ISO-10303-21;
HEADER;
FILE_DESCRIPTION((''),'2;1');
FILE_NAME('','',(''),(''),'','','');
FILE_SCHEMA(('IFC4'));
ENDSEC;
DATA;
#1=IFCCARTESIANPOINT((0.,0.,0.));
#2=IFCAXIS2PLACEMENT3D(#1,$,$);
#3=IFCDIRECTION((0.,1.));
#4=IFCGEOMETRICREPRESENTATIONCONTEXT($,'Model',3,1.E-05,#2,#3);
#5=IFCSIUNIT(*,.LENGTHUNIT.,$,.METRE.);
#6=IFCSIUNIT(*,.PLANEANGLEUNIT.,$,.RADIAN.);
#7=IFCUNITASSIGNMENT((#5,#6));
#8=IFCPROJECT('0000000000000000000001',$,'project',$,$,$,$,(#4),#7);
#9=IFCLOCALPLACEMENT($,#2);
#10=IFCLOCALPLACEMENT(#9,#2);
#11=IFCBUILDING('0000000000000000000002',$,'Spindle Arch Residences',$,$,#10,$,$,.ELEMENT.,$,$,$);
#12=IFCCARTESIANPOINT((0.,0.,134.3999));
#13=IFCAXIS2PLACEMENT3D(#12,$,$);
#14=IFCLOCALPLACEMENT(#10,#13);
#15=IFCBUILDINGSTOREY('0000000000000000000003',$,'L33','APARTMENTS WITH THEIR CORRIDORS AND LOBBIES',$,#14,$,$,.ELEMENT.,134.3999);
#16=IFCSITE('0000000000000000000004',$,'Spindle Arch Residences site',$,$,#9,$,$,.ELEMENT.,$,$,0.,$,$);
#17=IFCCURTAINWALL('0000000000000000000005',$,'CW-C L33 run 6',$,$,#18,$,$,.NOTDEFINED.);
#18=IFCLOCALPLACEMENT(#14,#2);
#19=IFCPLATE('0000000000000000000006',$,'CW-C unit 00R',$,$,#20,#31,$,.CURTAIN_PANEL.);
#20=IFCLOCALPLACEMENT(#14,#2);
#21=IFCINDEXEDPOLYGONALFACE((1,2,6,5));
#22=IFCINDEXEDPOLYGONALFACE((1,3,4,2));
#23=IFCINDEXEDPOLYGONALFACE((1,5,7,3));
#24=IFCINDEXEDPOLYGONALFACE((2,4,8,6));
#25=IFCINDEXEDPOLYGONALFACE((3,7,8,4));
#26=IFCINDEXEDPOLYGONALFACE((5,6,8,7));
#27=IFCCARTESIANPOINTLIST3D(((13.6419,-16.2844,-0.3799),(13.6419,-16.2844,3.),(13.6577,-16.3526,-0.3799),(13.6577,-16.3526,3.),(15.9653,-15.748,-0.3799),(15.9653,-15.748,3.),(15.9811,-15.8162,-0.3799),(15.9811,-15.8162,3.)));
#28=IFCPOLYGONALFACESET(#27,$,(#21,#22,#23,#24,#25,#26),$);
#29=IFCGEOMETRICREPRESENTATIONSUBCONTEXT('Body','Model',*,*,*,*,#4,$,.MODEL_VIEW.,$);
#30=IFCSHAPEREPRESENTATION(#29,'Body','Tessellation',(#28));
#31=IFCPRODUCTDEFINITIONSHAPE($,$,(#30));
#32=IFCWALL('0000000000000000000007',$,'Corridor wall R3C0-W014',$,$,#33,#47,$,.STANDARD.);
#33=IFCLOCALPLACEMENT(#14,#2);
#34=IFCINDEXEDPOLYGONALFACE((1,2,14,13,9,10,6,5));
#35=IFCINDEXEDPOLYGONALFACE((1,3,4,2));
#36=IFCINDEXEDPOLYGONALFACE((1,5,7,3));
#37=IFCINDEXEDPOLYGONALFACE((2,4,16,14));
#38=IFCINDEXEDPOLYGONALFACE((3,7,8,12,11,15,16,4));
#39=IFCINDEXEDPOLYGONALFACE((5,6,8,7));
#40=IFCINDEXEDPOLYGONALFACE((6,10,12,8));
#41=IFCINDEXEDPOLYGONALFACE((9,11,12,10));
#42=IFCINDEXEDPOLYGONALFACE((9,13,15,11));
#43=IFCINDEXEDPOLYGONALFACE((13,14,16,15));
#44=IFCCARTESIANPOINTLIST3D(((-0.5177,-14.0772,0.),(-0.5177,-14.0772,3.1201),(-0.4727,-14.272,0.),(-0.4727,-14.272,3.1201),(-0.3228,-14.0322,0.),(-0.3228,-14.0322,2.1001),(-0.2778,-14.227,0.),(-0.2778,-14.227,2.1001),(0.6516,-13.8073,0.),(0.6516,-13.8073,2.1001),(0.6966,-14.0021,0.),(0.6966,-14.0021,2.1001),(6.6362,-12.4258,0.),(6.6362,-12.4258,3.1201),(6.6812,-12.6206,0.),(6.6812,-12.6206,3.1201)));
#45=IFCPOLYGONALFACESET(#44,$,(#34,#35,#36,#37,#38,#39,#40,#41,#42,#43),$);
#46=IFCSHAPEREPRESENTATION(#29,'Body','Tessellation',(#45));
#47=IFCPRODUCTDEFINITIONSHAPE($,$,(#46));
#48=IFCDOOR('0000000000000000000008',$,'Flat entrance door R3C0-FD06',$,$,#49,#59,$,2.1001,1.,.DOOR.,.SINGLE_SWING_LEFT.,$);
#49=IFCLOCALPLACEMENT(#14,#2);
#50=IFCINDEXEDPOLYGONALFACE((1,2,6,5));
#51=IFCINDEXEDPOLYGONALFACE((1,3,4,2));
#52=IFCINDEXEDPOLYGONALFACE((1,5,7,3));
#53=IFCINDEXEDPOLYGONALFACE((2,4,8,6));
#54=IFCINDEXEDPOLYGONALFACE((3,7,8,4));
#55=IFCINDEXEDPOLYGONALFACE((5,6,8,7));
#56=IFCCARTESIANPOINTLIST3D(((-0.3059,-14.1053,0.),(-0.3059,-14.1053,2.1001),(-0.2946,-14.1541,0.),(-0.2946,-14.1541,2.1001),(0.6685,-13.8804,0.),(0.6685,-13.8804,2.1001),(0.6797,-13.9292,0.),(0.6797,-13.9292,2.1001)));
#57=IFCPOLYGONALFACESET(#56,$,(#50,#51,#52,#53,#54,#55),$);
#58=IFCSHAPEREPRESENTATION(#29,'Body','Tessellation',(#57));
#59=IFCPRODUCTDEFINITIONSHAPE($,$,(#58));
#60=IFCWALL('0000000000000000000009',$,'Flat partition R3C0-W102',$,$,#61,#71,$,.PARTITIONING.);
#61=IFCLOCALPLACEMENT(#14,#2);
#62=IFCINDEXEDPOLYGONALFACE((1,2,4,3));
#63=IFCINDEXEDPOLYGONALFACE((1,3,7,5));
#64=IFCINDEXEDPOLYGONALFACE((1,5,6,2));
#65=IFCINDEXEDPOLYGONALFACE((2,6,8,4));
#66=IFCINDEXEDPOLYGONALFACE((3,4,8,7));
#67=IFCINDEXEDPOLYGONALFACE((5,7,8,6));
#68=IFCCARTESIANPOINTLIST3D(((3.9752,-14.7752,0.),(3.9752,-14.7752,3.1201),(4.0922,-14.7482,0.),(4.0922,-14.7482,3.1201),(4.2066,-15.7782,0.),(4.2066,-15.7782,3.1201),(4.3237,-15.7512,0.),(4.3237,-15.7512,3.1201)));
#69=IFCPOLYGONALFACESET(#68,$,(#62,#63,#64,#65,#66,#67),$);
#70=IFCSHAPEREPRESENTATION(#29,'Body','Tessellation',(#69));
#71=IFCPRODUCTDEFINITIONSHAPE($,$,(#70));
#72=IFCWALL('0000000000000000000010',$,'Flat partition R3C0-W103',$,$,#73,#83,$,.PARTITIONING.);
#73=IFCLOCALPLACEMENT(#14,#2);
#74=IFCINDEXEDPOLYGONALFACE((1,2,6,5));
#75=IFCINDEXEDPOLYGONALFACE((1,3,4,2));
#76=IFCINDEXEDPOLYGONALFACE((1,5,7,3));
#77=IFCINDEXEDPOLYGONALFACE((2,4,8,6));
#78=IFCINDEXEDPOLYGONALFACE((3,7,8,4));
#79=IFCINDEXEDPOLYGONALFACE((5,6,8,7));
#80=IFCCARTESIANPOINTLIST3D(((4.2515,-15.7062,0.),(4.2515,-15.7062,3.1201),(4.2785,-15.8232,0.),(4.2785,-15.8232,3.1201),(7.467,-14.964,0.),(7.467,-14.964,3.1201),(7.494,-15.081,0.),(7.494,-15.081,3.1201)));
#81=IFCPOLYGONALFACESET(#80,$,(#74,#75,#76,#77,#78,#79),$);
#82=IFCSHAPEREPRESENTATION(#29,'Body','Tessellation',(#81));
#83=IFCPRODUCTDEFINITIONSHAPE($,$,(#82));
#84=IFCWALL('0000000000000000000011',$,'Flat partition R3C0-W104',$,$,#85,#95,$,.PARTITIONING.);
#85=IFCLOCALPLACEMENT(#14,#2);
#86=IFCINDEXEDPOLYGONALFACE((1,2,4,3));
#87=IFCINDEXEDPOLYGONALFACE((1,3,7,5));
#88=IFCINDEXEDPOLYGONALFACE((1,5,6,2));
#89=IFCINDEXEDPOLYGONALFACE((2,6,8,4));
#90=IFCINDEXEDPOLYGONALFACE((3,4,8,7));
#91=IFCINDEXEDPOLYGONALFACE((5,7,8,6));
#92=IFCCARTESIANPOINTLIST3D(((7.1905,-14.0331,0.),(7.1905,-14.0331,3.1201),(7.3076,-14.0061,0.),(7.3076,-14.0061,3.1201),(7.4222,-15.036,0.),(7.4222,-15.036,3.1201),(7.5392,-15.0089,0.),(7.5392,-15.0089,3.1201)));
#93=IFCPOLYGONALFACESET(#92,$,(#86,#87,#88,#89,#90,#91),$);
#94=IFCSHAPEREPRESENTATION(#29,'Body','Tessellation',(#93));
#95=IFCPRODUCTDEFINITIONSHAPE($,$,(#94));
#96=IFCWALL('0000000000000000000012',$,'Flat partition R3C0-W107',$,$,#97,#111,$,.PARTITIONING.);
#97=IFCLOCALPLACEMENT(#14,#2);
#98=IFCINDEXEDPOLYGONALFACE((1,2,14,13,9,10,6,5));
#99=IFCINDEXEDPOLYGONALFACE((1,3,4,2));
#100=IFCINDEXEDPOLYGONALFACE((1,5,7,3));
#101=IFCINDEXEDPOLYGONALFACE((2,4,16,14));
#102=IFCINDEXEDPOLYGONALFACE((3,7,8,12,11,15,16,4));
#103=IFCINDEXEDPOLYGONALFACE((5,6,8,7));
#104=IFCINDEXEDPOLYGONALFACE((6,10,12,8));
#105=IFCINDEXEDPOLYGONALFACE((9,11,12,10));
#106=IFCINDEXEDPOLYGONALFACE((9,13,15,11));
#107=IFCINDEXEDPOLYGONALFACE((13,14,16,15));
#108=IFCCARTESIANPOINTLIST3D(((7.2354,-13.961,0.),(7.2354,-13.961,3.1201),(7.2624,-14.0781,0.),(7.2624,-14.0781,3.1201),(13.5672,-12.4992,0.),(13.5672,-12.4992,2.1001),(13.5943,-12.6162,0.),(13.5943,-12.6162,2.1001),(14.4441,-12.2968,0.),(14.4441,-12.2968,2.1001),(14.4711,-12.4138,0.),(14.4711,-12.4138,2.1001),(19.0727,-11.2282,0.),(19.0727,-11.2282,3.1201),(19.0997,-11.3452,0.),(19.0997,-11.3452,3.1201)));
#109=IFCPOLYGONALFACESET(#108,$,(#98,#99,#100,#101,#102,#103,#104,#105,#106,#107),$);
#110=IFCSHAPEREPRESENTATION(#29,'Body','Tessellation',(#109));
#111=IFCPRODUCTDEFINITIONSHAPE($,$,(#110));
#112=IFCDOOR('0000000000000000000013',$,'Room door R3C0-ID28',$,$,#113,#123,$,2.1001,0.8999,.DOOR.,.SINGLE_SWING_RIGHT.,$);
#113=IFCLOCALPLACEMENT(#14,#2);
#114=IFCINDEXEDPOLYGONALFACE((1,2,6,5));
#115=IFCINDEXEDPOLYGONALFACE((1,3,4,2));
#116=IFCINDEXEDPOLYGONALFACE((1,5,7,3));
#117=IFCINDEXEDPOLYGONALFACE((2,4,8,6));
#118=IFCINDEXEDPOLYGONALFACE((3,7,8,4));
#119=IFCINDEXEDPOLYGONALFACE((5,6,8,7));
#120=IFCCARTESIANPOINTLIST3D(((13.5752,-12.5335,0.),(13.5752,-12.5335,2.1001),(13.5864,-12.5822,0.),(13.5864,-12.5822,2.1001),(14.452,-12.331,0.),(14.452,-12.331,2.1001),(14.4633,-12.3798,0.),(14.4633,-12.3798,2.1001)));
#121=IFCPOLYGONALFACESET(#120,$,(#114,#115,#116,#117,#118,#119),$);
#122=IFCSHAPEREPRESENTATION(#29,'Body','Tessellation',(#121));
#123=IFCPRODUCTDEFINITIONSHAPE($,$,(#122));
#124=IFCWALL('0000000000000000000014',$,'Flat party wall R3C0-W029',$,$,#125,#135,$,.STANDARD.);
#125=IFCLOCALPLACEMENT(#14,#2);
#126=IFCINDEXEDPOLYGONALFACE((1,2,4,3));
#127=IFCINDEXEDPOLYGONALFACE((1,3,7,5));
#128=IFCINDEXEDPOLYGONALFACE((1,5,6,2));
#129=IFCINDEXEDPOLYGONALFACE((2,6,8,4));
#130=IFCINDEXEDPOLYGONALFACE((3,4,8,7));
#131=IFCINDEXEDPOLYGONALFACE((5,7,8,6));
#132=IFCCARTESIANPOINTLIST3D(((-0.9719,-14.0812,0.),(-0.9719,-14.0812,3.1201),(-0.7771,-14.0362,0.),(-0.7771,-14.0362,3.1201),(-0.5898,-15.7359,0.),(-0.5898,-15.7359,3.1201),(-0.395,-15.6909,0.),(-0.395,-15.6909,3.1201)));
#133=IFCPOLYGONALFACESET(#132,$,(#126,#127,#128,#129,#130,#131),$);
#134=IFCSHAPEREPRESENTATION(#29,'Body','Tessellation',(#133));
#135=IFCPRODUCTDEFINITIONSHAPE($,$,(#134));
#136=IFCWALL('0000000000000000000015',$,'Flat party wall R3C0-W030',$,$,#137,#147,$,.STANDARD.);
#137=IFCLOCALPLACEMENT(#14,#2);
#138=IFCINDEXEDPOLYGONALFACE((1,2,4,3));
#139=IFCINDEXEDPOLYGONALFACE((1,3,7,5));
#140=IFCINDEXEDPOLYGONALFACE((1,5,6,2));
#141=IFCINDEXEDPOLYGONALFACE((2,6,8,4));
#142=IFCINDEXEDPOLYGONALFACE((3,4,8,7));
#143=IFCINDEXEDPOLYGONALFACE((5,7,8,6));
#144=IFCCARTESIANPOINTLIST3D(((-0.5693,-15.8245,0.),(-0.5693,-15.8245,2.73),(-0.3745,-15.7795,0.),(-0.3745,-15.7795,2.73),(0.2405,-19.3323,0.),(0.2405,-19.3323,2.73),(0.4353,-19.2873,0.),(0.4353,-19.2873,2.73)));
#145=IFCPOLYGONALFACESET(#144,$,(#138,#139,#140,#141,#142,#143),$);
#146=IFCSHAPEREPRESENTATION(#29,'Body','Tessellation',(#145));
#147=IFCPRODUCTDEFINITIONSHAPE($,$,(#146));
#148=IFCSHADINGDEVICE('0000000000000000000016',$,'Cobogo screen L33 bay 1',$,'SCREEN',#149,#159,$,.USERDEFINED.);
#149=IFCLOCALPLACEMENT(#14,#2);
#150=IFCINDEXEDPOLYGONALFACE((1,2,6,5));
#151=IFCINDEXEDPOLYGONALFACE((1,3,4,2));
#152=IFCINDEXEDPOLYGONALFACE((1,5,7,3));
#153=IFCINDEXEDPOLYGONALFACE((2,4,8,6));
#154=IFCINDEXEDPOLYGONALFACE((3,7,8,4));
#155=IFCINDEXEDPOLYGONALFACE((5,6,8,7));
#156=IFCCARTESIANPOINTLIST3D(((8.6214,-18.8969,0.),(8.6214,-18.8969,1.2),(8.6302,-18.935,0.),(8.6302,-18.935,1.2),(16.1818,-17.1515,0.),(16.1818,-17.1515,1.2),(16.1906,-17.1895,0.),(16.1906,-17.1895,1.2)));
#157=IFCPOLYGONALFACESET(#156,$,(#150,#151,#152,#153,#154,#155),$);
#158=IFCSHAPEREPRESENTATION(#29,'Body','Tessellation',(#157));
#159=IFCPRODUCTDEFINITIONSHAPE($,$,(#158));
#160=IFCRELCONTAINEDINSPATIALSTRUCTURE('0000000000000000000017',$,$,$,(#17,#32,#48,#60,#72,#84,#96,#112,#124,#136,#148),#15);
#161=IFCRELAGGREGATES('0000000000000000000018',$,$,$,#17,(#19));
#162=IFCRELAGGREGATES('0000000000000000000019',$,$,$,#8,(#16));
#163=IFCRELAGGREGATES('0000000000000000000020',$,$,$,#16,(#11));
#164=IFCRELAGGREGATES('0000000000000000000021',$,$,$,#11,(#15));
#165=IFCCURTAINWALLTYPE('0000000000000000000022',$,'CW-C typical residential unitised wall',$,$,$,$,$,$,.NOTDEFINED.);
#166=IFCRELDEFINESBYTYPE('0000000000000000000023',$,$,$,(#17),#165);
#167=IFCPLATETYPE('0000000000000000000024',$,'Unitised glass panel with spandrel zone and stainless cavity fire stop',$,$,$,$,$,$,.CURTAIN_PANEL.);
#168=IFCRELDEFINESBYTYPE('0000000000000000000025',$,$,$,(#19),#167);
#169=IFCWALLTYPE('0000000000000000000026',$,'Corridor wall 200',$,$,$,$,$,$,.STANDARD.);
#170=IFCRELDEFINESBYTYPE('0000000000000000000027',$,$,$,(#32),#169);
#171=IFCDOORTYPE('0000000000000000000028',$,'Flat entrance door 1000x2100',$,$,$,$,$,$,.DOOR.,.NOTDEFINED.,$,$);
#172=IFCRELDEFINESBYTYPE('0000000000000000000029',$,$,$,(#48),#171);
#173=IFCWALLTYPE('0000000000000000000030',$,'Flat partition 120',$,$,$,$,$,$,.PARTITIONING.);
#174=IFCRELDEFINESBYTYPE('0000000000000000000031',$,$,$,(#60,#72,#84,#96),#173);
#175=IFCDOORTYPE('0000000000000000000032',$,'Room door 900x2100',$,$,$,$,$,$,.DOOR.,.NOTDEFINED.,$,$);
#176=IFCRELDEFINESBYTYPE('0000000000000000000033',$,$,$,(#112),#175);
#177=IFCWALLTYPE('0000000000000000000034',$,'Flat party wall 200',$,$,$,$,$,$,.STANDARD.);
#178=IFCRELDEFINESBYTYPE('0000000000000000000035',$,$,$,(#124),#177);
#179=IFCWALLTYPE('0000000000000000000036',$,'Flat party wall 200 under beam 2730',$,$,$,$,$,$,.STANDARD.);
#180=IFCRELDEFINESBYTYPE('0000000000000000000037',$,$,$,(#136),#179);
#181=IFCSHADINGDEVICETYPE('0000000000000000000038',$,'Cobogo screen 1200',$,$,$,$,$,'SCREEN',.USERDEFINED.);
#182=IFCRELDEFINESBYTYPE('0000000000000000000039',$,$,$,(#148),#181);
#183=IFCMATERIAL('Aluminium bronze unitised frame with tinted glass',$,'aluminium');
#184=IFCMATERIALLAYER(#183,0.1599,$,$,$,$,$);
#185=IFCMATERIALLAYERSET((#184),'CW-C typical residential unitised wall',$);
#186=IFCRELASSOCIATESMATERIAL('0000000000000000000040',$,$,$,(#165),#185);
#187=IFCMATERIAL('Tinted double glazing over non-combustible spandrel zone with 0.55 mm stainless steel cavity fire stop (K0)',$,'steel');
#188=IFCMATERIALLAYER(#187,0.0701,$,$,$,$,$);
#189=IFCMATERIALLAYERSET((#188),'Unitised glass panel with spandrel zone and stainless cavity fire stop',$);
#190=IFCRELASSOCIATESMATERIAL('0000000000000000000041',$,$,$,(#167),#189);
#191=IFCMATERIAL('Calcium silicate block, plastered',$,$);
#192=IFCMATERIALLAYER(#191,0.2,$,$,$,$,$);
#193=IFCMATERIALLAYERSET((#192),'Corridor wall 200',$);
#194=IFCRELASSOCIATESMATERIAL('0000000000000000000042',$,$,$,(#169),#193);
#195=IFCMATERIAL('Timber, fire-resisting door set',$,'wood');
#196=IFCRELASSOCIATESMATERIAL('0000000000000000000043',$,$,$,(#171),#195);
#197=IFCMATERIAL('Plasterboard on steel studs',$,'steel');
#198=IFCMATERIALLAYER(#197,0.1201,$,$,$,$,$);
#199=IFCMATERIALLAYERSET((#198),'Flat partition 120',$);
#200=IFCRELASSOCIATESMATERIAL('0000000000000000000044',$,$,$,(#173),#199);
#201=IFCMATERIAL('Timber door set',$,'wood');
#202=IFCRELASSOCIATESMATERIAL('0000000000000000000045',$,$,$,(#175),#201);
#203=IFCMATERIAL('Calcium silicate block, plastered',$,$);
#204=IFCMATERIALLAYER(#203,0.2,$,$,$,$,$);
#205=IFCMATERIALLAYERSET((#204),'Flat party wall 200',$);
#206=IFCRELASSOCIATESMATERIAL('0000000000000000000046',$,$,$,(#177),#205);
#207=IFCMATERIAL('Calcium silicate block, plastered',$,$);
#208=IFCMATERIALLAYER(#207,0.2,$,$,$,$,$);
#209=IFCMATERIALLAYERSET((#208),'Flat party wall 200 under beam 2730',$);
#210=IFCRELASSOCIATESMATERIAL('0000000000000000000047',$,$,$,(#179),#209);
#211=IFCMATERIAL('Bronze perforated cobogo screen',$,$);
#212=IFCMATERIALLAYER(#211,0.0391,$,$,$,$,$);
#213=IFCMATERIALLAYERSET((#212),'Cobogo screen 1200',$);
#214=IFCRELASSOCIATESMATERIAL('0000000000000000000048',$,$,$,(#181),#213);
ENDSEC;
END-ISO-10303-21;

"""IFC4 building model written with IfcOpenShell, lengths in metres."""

from ifc_helpers import new_model, si_unit, direction, frame, frame_2d, origin, origin_2d, place, context, subcontext, project, spatial, rectangle, extrude, material, layer, layer_set, type_object, element, fill, aggregate, save


model = new_model("IFC4")

# Units and contexts
model_context = context("Model", 3, precision=1e-05, world=origin(), true_north=direction((0.0, 1.0)))
body_context = subcontext(model_context, "Body", "Model", "MODEL_VIEW")
ifc_project = project(units=[si_unit("LENGTHUNIT", "METRE"), si_unit("PLANEANGLEUNIT", "RADIAN")], contexts=[model_context])

# Site, building, storey
site_placement = place(None, origin())
site = spatial("IfcSite", under=ifc_project, at=site_placement, Name="Spindle Arch Residences site", CompositionType="ELEMENT", RefElevation=0.0)
building_placement = place(site_placement, origin())
building = spatial("IfcBuilding", under=site, at=building_placement, Name="Spindle Arch Residences", CompositionType="ELEMENT")
storey_placement = place(building_placement, frame((0.0, 0.0, 134.3999)))
storey = spatial("IfcBuildingStorey", under=building, at=storey_placement, Name="L33", Description="APARTMENTS WITH THEIR CORRIDORS AND LOBBIES", CompositionType="ELEMENT", Elevation=134.3999)

# Curtain wall
ifc_material_1 = material(Name="Aluminium bronze unitised frame with tinted glass", Category="aluminium")
ifc_layer_1 = layer(ifc_material_1, 0.1599)
ifc_layer_set_1 = layer_set([ifc_layer_1], Name="CW-C typical residential unitised wall")
curtain_wall_type = type_object("IfcCurtainWallType", Name="CW-C typical residential unitised wall", PredefinedType="NOTDEFINED", material=ifc_layer_set_1)
curtain_wall_placement = place(storey_placement, origin())
curtain_wall = element("IfcCurtainWall", 1, at=curtain_wall_placement, inside=storey, type_object=curtain_wall_type, Name="CW-C L33 run 6", PredefinedType="NOTDEFINED")

# Plate
ifc_material_2 = material(Name="Tinted double glazing over non-combustible spandrel zone with 0.55 mm stainless steel cavity fire stop (K0)", Category="steel")
ifc_layer_2 = layer(ifc_material_2, 0.0701)
ifc_layer_set_2 = layer_set([ifc_layer_2], Name="Unitised glass panel with spandrel zone and stainless cavity fire stop")
plate_type = type_object("IfcPlateType", Name="Unitised glass panel with spandrel zone and stainless cavity fire stop", PredefinedType="CURTAIN_PANEL", material=ifc_layer_set_2)
plate_1_placement = place(storey_placement, frame((14.8115, -16.0503, -0.3799), z_axis=(0.0, 0.0, 1.0), x_axis=(0.97437, 0.224951, 0.0)))
plate_1 = element("IfcPlate", 2, at=plate_1_placement, type_object=plate_type, Name="CW-C unit 00R", PredefinedType="CURTAIN_PANEL", context=body_context, shape_type="SweptSolid", body=[
    extrude(rectangle(XDim=2.3845, YDim=0.0701, at=origin_2d()), origin(), (0.0, 0.0, 1.0), 3.3799),
])
aggregate(curtain_wall, [plate_1])

# Wall, opening, door
ifc_material_3 = material(Name="Calcium silicate block, plastered")
ifc_layer_3 = layer(ifc_material_3, 0.2)
ifc_layer_set_3 = layer_set([ifc_layer_3], Name="Corridor wall 200")
wall_type_1 = type_object("IfcWallType", Name="Corridor wall 200", PredefinedType="STANDARD", material=ifc_layer_set_3)
wall_1_placement = place(storey_placement, frame((-0.4951, -14.1746, 0.0), z_axis=(0.0, 0.0, 1.0), x_axis=(0.974377, 0.224923, 0.0)))
wall_1 = element("IfcWall", 3, at=wall_1_placement, inside=storey, type_object=wall_type_1, Name="Corridor wall R3C0-W014", PredefinedType="STANDARD", context=body_context, shape_type="SweptSolid", body=[
    extrude(rectangle(XDim=7.342, YDim=0.2, at=frame_2d((3.6709, 0.0))), origin(), (0.0, 0.0, 1.0), 3.1201),
])
opening_1_placement = place(wall_1_placement, frame((0.2, 0.0, 0.0)))
opening_1 = element("IfcOpeningElement", 4, at=opening_1_placement, cuts=wall_1, PredefinedType="OPENING", context=body_context, shape_type="SweptSolid", body=[
    extrude(rectangle(XDim=1.0, YDim=2.1001, at=frame_2d((0.5, 1.05))), frame((0.0, 0.1099, 0.0), z_axis=(0.0, -1.0, 0.0), x_axis=(1.0, 0.0, 0.0)), (0.0, 0.0, 1.0), 0.22),
])
ifc_material_4 = material(Name="Timber, fire-resisting door set", Category="wood")
door_type_1 = type_object("IfcDoorType", Name="Flat entrance door 1000x2100", OperationType="NOTDEFINED", PredefinedType="DOOR", material=ifc_material_4)
door_1_placement = place(opening_1_placement, origin())
door_1 = element("IfcDoor", 5, at=door_1_placement, inside=storey, type_object=door_type_1, Name="Flat entrance door R3C0-FD06", OperationType="SINGLE_SWING_LEFT", OverallHeight=2.1001, OverallWidth=1.0, PredefinedType="DOOR", context=body_context, shape_type="SweptSolid", body=[
    extrude(rectangle(XDim=1.0, YDim=2.1001, at=frame_2d((0.5, 1.05))), frame((0.0, 0.0249, 0.0), z_axis=(0.0, -1.0, 0.0), x_axis=(1.0, 0.0, 0.0)), (0.0, 0.0, 1.0), 0.05),
])
fill(opening_1, door_1)

# Walls
ifc_material_5 = material(Name="Plasterboard on steel studs", Category="steel")
ifc_layer_4 = layer(ifc_material_5, 0.1201)
ifc_layer_set_4 = layer_set([ifc_layer_4], Name="Flat partition 120")
wall_type_2 = type_object("IfcWallType", Name="Flat partition 120", PredefinedType="PARTITIONING", material=ifc_layer_set_4)
wall_2_placement = place(storey_placement, frame((4.0337, -14.7617, 0.0), z_axis=(0.0, 0.0, 1.0), x_axis=(0.22486, -0.974391, 0.0)))
element("IfcWall", 6, at=wall_2_placement, inside=storey, type_object=wall_type_2, Name="Flat partition R3C0-W102", PredefinedType="PARTITIONING", context=body_context, shape_type="SweptSolid", body=[
    extrude(rectangle(XDim=1.0293, YDim=0.1201, at=frame_2d((0.5146, 0.0))), origin(), (0.0, 0.0, 1.0), 3.1201),
])
wall_3_placement = place(storey_placement, frame((4.2651, -15.7646, 0.0), z_axis=(0.0, 0.0, 1.0), x_axis=(0.974382, 0.224897, 0.0)))
element("IfcWall", 7, at=wall_3_placement, inside=storey, type_object=wall_type_2, Name="Flat partition R3C0-W103", PredefinedType="PARTITIONING", context=body_context, shape_type="SweptSolid", body=[
    extrude(rectangle(XDim=3.3, YDim=0.1201, at=frame_2d((1.6499, 0.0))), origin(), (0.0, 0.0, 1.0), 3.1201),
])
wall_4_placement = place(storey_placement, frame((7.4807, -15.0225, 0.0), z_axis=(0.0, 0.0, 1.0), x_axis=(-0.225085, 0.974339, 0.0)))
element("IfcWall", 8, at=wall_4_placement, inside=storey, type_object=wall_type_2, Name="Flat partition R3C0-W104", PredefinedType="PARTITIONING", context=body_context, shape_type="SweptSolid", body=[
    extrude(rectangle(XDim=1.0293, YDim=0.1201, at=frame_2d((0.5146, 0.0))), origin(), (0.0, 0.0, 1.0), 3.1201),
])

# Wall, opening, door
wall_5_placement = place(storey_placement, frame((7.249, -14.0195, 0.0), z_axis=(0.0, 0.0, 1.0), x_axis=(0.97437, 0.224953, 0.0)))
wall_5 = element("IfcWall", 9, at=wall_5_placement, inside=storey, type_object=wall_type_2, Name="Flat partition R3C0-W107", PredefinedType="PARTITIONING", context=body_context, shape_type="SweptSolid", body=[
    extrude(rectangle(XDim=12.1487, YDim=0.1201, at=frame_2d((6.0742, 0.0))), origin(), (0.0, 0.0, 1.0), 3.1201),
])
opening_2_placement = place(wall_5_placement, frame((6.4983, 0.0, 0.0)))
opening_2 = element("IfcOpeningElement", 10, at=opening_2_placement, cuts=wall_5, PredefinedType="OPENING", context=body_context, shape_type="SweptSolid", body=[
    extrude(rectangle(XDim=0.8999, YDim=2.1001, at=frame_2d((0.45, 1.05))), frame((0.0, 0.0701, 0.0), z_axis=(0.0, -1.0, 0.0), x_axis=(1.0, 0.0, 0.0)), (0.0, 0.0, 1.0), 0.1401),
])
ifc_material_6 = material(Name="Timber door set", Category="wood")
door_type_2 = type_object("IfcDoorType", Name="Room door 900x2100", OperationType="NOTDEFINED", PredefinedType="DOOR", material=ifc_material_6)
door_2_placement = place(opening_2_placement, origin())
door_2 = element("IfcDoor", 11, at=door_2_placement, inside=storey, type_object=door_type_2, Name="Room door R3C0-ID28", OperationType="SINGLE_SWING_RIGHT", OverallHeight=2.1001, OverallWidth=0.8999, PredefinedType="DOOR", context=body_context, shape_type="SweptSolid", body=[
    extrude(rectangle(XDim=0.8999, YDim=2.1001, at=frame_2d((0.45, 1.05))), frame((0.0, 0.0249, 0.0), z_axis=(0.0, -1.0, 0.0), x_axis=(1.0, 0.0, 0.0)), (0.0, 0.0, 1.0), 0.05),
])
fill(opening_2, door_2)

# Walls
ifc_material_7 = material(Name="Calcium silicate block, plastered")
ifc_layer_5 = layer(ifc_material_7, 0.2)
ifc_layer_set_5 = layer_set([ifc_layer_5], Name="Flat party wall 200")
wall_type_3 = type_object("IfcWallType", Name="Flat party wall 200", PredefinedType="STANDARD", material=ifc_layer_set_5)
wall_6_placement = place(storey_placement, frame((-0.4924, -15.7134, 0.0), z_axis=(0.0, 0.0, 1.0), x_axis=(-0.224975, 0.974365, 0.0)))
element("IfcWall", 12, at=wall_6_placement, inside=storey, type_object=wall_type_3, Name="Flat party wall R3C0-W029", PredefinedType="STANDARD", context=body_context, shape_type="SweptSolid", body=[
    extrude(rectangle(XDim=1.6982, YDim=0.2, at=frame_2d((0.8491, 0.0))), origin(), (0.0, 0.0, 1.0), 3.1201),
])
ifc_material_8 = material(Name="Calcium silicate block, plastered")
ifc_layer_6 = layer(ifc_material_8, 0.2)
ifc_layer_set_6 = layer_set([ifc_layer_6], Name="Flat party wall 200 under beam 2730")
wall_type_4 = type_object("IfcWallType", Name="Flat party wall 200 under beam 2730", PredefinedType="STANDARD", material=ifc_layer_set_6)
wall_7_placement = place(storey_placement, frame((0.3379, -19.3098, 0.0), z_axis=(0.0, 0.0, 1.0), x_axis=(-0.224944, 0.974372, 0.0)))
element("IfcWall", 13, at=wall_7_placement, inside=storey, type_object=wall_type_4, Name="Flat party wall R3C0-W030", PredefinedType="STANDARD", context=body_context, shape_type="SweptSolid", body=[
    extrude(rectangle(XDim=3.6001, YDim=0.2, at=frame_2d((1.8, 0.0))), origin(), (0.0, 0.0, 1.0), 2.73),
])

# Shading device
ifc_material_9 = material(Name="Bronze perforated cobogo screen")
ifc_layer_7 = layer(ifc_material_9, 0.0391)
ifc_layer_set_7 = layer_set([ifc_layer_7], Name="Cobogo screen 1200")
shading_device_type = type_object("IfcShadingDeviceType", Name="Cobogo screen 1200", ElementType="SCREEN", PredefinedType="USERDEFINED", material=ifc_layer_set_7)
shading_device_placement = place(storey_placement, frame((12.406, -18.0432, 0.0), z_axis=(0.0, 0.0, 1.0), x_axis=(0.97437, 0.224951, 0.0)))
element("IfcShadingDevice", 14, at=shading_device_placement, inside=storey, type_object=shading_device_type, Name="Cobogo screen L33 bay 1", ObjectType="SCREEN", PredefinedType="USERDEFINED", context=body_context, shape_type="SweptSolid", body=[
    extrude(rectangle(XDim=7.7593, YDim=0.0391, at=origin_2d()), origin(), (0.0, 0.0, 1.0), 1.2),
])

save(model, "model.ifc")
